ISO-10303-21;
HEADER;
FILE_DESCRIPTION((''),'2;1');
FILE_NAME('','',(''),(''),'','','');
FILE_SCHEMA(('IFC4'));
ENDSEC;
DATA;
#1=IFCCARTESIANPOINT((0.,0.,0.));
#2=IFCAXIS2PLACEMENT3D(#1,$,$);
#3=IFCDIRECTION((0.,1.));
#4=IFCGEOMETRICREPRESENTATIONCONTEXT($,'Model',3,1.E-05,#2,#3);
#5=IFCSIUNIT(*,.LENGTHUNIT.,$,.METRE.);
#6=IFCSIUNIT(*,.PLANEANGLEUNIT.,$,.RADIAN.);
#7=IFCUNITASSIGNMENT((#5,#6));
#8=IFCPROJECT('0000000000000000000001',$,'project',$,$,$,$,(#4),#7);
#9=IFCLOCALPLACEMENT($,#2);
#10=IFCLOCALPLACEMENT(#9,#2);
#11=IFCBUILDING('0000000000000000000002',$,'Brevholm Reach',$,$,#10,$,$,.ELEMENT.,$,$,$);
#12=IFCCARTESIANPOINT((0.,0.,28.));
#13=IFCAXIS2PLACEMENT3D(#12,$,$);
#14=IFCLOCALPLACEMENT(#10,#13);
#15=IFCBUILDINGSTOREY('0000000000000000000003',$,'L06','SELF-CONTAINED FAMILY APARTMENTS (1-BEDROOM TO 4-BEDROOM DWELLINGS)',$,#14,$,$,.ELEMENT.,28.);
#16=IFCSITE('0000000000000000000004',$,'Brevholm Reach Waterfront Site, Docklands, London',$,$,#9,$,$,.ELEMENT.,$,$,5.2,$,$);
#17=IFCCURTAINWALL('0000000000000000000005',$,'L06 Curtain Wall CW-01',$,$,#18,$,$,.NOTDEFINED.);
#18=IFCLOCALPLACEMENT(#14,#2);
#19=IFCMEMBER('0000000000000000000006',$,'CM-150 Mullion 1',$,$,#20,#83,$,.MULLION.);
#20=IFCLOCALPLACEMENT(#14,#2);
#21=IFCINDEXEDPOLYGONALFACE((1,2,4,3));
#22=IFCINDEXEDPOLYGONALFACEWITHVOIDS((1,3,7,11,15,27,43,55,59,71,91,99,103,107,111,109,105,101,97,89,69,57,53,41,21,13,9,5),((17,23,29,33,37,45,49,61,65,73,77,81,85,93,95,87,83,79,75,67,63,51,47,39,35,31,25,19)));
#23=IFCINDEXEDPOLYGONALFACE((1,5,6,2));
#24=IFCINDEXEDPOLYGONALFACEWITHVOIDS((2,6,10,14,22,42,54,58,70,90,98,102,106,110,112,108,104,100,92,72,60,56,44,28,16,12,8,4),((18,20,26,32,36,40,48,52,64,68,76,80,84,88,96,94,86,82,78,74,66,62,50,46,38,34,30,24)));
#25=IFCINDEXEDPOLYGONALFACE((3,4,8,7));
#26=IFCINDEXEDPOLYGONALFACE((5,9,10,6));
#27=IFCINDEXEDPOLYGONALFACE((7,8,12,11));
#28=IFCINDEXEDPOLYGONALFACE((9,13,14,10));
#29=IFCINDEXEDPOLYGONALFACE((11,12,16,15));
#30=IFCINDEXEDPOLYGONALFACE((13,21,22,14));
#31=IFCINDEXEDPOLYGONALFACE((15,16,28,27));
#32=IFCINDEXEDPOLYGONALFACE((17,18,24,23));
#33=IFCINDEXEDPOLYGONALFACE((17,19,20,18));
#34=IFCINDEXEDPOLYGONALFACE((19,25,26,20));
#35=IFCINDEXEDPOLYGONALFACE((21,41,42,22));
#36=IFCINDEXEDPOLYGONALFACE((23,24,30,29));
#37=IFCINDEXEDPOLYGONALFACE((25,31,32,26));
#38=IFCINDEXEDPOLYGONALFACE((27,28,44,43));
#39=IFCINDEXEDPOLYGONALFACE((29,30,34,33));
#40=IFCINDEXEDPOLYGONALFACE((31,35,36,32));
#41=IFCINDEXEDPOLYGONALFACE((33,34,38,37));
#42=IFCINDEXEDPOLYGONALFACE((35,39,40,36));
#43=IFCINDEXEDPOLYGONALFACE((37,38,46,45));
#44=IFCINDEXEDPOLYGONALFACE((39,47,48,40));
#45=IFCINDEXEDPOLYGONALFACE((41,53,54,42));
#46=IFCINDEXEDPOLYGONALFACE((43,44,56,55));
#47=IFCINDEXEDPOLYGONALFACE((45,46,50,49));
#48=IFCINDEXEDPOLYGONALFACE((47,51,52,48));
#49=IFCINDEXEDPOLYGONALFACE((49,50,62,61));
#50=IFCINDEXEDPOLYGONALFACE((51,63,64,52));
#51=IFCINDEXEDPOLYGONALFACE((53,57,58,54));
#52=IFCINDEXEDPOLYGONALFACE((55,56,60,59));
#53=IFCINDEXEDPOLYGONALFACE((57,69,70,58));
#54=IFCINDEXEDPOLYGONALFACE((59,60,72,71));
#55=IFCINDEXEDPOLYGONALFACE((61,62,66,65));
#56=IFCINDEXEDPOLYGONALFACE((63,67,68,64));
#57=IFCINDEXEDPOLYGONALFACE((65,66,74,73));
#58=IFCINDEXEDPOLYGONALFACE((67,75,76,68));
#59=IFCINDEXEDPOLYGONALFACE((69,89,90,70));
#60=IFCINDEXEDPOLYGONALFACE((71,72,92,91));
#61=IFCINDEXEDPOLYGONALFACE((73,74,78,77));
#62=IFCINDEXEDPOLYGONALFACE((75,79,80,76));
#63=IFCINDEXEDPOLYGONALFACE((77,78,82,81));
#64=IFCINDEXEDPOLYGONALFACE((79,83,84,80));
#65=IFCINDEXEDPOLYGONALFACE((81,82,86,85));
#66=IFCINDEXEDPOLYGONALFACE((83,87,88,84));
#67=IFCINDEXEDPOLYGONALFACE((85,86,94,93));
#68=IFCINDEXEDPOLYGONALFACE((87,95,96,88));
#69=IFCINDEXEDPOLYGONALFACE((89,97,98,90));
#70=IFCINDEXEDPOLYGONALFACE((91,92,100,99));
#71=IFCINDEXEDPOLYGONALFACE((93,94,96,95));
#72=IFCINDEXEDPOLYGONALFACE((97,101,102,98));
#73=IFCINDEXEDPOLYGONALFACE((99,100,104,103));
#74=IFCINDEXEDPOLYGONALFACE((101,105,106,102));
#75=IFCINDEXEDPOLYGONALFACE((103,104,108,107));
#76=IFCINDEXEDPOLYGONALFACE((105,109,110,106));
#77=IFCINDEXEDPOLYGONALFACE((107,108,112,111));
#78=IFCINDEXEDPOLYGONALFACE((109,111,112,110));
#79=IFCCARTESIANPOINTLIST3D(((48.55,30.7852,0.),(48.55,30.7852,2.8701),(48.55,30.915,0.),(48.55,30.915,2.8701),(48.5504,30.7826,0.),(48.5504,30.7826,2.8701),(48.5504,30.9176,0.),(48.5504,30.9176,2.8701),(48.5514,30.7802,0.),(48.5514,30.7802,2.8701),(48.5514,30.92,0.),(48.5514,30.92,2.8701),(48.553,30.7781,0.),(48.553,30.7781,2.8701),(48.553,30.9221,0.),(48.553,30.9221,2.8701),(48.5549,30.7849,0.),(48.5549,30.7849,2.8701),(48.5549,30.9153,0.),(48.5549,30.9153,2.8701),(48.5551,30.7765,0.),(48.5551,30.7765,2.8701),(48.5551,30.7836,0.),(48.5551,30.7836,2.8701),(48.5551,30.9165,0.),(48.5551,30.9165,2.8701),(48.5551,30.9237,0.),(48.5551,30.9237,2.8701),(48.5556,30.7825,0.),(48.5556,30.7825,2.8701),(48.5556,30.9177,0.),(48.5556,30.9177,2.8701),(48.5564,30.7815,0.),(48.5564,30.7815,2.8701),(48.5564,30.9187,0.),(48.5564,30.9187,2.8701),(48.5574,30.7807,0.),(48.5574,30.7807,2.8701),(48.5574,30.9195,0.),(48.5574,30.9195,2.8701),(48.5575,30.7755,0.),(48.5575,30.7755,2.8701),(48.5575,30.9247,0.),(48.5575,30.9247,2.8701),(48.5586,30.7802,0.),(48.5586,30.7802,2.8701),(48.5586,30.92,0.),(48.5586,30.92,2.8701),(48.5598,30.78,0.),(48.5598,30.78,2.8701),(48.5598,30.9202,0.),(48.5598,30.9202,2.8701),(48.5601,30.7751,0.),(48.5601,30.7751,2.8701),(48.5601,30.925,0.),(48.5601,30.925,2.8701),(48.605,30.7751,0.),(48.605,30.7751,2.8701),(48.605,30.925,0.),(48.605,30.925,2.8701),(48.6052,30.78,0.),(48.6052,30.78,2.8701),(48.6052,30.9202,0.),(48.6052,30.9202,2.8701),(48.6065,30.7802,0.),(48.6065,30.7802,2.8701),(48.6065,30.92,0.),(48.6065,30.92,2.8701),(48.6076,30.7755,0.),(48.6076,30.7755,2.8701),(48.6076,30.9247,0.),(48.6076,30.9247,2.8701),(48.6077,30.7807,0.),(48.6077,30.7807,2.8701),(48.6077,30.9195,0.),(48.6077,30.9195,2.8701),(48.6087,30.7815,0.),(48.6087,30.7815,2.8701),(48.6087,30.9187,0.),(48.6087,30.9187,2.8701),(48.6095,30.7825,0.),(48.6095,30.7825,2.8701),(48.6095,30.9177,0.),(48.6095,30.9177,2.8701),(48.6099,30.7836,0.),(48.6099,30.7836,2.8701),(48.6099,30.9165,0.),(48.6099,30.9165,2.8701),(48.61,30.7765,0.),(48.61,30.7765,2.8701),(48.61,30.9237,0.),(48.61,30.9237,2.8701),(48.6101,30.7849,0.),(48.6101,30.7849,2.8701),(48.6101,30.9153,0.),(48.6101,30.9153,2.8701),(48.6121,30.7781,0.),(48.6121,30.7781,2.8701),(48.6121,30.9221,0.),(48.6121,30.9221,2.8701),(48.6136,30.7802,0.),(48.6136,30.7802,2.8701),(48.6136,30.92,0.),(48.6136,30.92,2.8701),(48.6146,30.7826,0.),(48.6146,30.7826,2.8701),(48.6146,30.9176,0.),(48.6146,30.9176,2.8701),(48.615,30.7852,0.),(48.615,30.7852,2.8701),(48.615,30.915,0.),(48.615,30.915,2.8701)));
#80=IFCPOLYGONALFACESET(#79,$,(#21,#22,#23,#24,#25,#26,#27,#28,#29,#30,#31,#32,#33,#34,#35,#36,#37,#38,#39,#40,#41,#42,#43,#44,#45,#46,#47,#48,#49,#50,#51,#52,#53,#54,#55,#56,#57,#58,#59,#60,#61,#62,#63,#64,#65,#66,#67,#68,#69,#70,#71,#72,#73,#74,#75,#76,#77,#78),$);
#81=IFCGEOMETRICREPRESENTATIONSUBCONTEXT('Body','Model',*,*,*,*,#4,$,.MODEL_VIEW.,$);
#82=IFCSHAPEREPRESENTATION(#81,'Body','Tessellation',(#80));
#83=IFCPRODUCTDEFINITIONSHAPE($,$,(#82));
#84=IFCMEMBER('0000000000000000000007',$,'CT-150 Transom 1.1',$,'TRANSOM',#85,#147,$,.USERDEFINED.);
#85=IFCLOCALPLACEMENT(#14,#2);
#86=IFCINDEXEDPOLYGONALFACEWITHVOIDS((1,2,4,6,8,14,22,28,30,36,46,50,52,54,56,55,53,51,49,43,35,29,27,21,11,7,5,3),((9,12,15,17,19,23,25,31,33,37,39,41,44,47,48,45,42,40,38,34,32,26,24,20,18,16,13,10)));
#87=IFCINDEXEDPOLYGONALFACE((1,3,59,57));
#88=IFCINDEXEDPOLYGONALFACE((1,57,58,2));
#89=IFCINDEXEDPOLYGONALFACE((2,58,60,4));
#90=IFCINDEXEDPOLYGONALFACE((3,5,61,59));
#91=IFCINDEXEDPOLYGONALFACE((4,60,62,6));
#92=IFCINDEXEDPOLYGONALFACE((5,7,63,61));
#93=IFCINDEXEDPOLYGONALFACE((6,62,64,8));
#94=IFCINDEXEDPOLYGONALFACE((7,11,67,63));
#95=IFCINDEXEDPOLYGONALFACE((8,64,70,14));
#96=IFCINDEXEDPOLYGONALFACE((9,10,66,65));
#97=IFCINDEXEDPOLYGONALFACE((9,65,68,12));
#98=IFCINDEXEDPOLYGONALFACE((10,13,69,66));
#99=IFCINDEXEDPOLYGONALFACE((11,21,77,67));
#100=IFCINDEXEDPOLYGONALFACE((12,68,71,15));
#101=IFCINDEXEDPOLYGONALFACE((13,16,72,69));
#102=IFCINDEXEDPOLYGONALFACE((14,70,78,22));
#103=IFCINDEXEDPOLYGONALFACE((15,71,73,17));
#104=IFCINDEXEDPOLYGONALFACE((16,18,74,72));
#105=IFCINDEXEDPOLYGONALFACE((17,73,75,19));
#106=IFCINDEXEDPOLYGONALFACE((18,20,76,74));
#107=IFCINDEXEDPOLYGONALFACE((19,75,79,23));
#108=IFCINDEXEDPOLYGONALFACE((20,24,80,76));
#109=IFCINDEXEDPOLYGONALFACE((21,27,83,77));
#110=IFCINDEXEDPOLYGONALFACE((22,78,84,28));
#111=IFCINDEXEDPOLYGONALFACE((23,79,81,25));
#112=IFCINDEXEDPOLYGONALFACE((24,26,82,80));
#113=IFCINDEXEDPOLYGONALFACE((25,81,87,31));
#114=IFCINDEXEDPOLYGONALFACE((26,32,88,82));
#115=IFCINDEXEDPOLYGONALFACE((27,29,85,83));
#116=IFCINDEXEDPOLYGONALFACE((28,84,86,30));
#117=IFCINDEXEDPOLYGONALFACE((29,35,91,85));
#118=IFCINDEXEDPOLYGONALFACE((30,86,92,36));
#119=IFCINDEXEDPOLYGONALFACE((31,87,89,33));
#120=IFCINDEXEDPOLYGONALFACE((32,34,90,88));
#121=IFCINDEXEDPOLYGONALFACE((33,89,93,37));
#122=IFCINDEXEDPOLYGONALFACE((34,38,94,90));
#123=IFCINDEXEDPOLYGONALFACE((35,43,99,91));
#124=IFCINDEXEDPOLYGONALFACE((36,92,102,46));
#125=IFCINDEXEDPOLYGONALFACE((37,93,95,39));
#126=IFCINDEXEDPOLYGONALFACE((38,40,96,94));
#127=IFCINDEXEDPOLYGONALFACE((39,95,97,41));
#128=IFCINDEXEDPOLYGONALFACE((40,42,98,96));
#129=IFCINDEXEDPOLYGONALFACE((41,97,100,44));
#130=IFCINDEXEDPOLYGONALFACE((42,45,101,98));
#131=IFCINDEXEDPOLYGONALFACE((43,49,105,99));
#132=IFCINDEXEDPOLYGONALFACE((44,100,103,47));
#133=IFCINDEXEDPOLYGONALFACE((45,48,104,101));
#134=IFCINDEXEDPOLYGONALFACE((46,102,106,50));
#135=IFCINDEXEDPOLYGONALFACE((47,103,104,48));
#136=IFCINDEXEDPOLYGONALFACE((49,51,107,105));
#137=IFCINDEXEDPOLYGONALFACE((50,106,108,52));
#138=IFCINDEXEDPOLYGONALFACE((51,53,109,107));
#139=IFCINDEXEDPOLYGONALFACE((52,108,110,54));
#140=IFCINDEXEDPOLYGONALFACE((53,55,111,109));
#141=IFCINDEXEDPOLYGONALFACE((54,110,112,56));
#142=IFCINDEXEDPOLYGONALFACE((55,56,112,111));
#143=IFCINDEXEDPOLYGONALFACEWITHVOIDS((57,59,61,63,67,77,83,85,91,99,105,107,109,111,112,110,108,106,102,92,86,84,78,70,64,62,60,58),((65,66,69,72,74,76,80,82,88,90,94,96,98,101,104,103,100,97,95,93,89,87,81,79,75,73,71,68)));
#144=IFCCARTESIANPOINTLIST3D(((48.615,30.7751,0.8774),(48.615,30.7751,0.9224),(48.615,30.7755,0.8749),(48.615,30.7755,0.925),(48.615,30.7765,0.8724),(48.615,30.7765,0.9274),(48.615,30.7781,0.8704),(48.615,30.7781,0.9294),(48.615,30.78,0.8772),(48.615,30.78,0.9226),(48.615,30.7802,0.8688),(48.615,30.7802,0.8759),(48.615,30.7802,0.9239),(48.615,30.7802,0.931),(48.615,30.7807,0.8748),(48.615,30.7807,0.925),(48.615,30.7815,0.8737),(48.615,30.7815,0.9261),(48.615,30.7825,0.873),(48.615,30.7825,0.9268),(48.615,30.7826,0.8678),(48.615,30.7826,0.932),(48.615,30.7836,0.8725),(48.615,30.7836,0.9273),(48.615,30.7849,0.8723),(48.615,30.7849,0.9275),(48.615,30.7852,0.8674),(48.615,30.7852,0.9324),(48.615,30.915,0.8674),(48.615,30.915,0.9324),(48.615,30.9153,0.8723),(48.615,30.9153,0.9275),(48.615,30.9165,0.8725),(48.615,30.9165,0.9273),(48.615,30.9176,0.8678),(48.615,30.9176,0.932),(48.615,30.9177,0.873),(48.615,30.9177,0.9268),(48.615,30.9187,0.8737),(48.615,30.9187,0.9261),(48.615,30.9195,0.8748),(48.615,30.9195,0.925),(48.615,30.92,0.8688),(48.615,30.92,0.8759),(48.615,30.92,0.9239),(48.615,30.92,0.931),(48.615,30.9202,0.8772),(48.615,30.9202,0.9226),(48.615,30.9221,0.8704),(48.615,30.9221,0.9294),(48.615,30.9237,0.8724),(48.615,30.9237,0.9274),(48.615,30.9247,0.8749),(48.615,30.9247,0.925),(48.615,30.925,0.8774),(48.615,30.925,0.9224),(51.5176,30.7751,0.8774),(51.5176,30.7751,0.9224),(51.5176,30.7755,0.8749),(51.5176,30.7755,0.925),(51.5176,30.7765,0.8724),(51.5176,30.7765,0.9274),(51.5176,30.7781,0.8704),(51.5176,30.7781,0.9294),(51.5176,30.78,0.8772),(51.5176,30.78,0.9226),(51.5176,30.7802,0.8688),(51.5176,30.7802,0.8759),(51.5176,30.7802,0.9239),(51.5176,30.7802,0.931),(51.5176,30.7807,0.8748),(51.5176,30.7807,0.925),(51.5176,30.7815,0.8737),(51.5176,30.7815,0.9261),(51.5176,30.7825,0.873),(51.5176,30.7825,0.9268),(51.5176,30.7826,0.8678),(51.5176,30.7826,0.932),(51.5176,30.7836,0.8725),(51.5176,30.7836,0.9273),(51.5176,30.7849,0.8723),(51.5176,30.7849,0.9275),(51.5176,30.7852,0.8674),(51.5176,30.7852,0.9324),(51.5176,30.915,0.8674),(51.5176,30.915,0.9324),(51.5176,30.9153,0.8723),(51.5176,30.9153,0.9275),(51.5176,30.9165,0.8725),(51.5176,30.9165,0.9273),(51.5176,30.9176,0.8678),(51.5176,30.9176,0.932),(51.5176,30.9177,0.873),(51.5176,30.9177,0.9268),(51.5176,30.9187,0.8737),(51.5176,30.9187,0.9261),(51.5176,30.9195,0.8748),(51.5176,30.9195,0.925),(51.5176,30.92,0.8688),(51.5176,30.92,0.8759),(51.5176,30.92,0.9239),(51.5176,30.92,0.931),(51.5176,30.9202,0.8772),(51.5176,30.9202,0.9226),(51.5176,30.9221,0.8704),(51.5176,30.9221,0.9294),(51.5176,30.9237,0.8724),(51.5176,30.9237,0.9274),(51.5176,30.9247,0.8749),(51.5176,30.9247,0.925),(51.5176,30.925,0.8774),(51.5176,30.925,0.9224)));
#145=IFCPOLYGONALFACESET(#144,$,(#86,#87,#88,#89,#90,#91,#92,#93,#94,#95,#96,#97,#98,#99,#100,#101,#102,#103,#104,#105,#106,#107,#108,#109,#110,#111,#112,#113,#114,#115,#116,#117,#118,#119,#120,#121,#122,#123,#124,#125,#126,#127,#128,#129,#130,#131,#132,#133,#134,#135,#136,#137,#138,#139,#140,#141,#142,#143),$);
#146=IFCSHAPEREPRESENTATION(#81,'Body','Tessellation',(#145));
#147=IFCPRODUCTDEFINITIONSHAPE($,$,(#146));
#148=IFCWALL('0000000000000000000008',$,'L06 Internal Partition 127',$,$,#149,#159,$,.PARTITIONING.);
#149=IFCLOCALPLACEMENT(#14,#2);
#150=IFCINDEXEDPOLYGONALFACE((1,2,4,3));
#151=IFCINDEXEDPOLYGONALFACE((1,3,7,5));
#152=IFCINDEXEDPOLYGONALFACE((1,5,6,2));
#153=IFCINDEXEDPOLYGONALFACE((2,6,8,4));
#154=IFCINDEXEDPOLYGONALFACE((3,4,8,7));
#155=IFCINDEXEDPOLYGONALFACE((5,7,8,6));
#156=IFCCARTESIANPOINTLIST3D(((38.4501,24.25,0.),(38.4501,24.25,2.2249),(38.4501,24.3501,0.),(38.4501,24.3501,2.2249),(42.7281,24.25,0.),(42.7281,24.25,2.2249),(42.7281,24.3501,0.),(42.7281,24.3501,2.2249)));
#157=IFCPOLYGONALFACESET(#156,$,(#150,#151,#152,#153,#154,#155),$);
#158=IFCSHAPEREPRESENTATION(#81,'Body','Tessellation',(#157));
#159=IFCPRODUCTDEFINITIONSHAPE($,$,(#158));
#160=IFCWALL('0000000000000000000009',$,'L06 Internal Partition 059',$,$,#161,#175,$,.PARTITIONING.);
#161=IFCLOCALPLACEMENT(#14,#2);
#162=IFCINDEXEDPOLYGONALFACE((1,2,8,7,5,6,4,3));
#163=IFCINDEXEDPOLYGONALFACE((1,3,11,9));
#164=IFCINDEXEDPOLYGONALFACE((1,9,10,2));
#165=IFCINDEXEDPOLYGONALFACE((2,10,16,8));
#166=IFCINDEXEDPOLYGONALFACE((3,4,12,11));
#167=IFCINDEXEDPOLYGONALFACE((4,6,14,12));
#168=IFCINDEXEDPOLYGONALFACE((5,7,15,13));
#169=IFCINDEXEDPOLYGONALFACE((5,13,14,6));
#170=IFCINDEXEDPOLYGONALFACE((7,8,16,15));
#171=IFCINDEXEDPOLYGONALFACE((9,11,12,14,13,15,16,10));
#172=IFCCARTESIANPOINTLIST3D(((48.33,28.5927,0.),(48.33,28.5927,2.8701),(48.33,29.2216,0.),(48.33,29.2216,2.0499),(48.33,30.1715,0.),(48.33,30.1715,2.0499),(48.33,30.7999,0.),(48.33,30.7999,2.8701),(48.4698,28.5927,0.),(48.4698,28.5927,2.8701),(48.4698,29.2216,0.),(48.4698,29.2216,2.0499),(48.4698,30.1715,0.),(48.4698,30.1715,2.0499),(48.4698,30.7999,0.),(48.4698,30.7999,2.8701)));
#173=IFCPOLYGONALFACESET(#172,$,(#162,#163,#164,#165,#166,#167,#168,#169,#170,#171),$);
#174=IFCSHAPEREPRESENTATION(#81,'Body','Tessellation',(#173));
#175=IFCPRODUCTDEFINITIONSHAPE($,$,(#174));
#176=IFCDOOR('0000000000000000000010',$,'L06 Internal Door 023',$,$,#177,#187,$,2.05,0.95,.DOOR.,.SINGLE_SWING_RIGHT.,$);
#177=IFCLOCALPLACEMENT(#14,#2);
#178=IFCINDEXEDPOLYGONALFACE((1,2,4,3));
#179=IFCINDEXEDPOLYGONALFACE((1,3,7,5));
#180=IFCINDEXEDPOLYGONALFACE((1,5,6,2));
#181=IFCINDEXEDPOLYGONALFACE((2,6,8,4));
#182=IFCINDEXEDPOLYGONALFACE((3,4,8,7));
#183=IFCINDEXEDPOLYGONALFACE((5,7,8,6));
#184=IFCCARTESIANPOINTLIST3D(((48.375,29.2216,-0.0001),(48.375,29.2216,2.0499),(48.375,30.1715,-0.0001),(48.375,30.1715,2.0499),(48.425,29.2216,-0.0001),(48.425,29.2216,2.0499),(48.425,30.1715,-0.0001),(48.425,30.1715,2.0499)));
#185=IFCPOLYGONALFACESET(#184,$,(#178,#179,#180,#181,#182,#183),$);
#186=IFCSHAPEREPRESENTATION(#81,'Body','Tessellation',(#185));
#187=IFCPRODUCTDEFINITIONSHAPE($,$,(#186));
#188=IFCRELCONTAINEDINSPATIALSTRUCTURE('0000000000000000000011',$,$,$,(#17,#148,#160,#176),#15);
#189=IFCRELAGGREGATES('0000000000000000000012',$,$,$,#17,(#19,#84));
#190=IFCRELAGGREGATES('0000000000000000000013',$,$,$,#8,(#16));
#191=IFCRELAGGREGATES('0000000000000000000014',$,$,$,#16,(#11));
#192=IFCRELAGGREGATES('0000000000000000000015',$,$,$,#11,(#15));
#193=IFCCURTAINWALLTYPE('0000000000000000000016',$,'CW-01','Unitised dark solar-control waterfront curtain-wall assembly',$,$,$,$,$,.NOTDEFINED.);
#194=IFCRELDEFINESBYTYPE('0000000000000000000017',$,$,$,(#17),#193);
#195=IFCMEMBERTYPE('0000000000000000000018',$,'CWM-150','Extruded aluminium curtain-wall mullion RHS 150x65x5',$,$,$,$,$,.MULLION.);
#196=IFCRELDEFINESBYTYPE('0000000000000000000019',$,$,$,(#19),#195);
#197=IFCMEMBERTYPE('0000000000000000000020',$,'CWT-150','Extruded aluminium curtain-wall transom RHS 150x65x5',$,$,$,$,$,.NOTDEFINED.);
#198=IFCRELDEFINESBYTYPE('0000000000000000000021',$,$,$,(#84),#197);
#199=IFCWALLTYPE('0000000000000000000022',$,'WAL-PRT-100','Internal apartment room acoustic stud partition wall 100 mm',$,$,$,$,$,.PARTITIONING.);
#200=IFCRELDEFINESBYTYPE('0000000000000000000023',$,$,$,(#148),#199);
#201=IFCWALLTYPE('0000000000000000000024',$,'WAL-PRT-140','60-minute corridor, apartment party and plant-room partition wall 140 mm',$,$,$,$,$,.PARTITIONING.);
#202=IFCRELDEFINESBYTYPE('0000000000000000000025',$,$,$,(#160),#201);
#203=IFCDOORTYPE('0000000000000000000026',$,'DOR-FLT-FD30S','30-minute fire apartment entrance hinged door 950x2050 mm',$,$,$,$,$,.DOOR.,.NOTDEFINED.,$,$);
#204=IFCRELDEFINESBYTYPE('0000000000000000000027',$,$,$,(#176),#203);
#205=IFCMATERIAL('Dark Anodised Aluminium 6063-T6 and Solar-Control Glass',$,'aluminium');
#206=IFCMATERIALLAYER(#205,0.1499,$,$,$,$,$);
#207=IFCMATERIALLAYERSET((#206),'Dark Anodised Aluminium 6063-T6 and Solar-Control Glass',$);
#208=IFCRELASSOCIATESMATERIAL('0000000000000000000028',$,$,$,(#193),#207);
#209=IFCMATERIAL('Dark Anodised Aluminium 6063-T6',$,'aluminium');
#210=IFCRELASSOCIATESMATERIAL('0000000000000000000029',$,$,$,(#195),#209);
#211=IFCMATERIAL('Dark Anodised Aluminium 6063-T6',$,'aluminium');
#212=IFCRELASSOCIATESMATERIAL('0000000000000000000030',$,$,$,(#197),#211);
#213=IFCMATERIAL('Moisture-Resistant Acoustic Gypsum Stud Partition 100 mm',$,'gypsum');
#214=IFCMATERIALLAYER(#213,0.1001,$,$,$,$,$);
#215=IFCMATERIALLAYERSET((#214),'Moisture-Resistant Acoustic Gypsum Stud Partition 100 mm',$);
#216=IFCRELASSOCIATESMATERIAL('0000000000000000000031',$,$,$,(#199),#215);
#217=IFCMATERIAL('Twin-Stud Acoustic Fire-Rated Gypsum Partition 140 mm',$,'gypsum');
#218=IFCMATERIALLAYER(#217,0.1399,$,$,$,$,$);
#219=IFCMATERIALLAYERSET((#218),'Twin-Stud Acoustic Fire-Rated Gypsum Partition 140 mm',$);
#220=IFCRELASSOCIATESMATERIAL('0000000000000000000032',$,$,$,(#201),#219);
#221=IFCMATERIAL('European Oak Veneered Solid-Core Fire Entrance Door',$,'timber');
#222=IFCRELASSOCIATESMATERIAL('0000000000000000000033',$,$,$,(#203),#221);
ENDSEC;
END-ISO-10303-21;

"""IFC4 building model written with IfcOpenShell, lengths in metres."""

from ifc_helpers import new_model, si_unit, direction, frame, frame_2d, origin, origin_2d, place, context, subcontext, project, spatial, rectangle, hollow_rectangle, extrude, material, layer, layer_set, material_profile, profile_set, type_object, element, fill, aggregate, save


model = new_model("IFC4")

# Units and contexts
model_context = context("Model", 3, precision=1e-05, world=origin(), true_north=direction((0.0, 1.0)))
body_context = subcontext(model_context, "Body", "Model", "MODEL_VIEW")
ifc_project = project(units=[si_unit("LENGTHUNIT", "METRE"), si_unit("PLANEANGLEUNIT", "RADIAN")], contexts=[model_context])

# Site, building, storey
site_placement = place(None, origin())
site = spatial("IfcSite", under=ifc_project, at=site_placement, Name="Brevholm Reach Waterfront Site, Docklands, London", CompositionType="ELEMENT", RefElevation=5.2)
building_placement = place(site_placement, origin())
building = spatial("IfcBuilding", under=site, at=building_placement, Name="Brevholm Reach", CompositionType="ELEMENT")
storey_placement = place(building_placement, frame((0.0, 0.0, 28.0)))
storey = spatial("IfcBuildingStorey", under=building, at=storey_placement, Name="L06", Description="SELF-CONTAINED FAMILY APARTMENTS (1-BEDROOM TO 4-BEDROOM DWELLINGS)", CompositionType="ELEMENT", Elevation=28.0)

# Curtain wall, members
ifc_material_1 = material(Name="Dark Anodised Aluminium 6063-T6 and Solar-Control Glass", Category="aluminium")
ifc_layer_1 = layer(ifc_material_1, 0.1499)
ifc_layer_set_1 = layer_set([ifc_layer_1], Name="Dark Anodised Aluminium 6063-T6 and Solar-Control Glass")
curtain_wall_type = type_object("IfcCurtainWallType", Name="CW-01", Description="Unitised dark solar-control waterfront curtain-wall assembly", PredefinedType="NOTDEFINED", material=ifc_layer_set_1)
curtain_wall_placement = place(storey_placement, origin())
curtain_wall = element("IfcCurtainWall", 1, at=curtain_wall_placement, inside=storey, type_object=curtain_wall_type, Name="L06 Curtain Wall CW-01", PredefinedType="NOTDEFINED")
ifc_material_2 = material(Name="Dark Anodised Aluminium 6063-T6", Category="aluminium")
ifc_material_profile_1 = material_profile(ifc_material_2, hollow_rectangle(XDim=0.0649, YDim=0.1499, WallThickness=0.0049, InnerFilletRadius=0.0049, OuterFilletRadius=0.01, at=origin_2d()), Name="RHS 150x65x5")
ifc_profile_set_1 = profile_set([ifc_material_profile_1], Name="Dark Anodised Aluminium 6063-T6")
member_type_1 = type_object("IfcMemberType", Name="CWM-150", Description="Extruded aluminium curtain-wall mullion RHS 150x65x5", PredefinedType="MULLION", material=ifc_profile_set_1)
member_1_placement = place(storey_placement, frame((48.5825, 30.8501, 0.0), z_axis=(0.0, 0.0, 1.0), x_axis=(1.0, 0.0, 0.0)))
member_1 = element("IfcMember", 2, at=member_1_placement, type_object=member_type_1, Name="CM-150 Mullion 1", PredefinedType="MULLION", context=body_context, shape_type="SweptSolid", body=[
    extrude(hollow_rectangle(XDim=0.0649, YDim=0.1499, WallThickness=0.0049, InnerFilletRadius=0.0049, OuterFilletRadius=0.01, at=origin_2d()), origin(), (0.0, 0.0, 1.0), 2.8701),
])
ifc_material_3 = material(Name="Dark Anodised Aluminium 6063-T6", Category="aluminium")
ifc_material_profile_2 = material_profile(ifc_material_3, hollow_rectangle(XDim=0.0649, YDim=0.1499, WallThickness=0.0049, InnerFilletRadius=0.0049, OuterFilletRadius=0.01, at=origin_2d()), Name="RHS 150x65x5")
ifc_profile_set_2 = profile_set([ifc_material_profile_2], Name="Dark Anodised Aluminium 6063-T6")
member_type_2 = type_object("IfcMemberType", Name="CWT-150", Description="Extruded aluminium curtain-wall transom RHS 150x65x5", PredefinedType="NOTDEFINED", material=ifc_profile_set_2)
member_2_placement = place(storey_placement, frame((48.615, 30.8501, 0.8999), z_axis=(1.0, 0.0, 0.0), x_axis=(0.0, 0.0, 1.0)))
member_2 = element("IfcMember", 3, at=member_2_placement, type_object=member_type_2, Name="CT-150 Transom 1.1", ObjectType="TRANSOM", PredefinedType="USERDEFINED", context=body_context, shape_type="SweptSolid", body=[
    extrude(hollow_rectangle(XDim=0.0649, YDim=0.1499, WallThickness=0.0049, InnerFilletRadius=0.0049, OuterFilletRadius=0.01, at=origin_2d()), origin(), (0.0, 0.0, 1.0), 2.9026),
])
aggregate(curtain_wall, [member_1, member_2])

# Wall
ifc_material_4 = material(Name="Moisture-Resistant Acoustic Gypsum Stud Partition 100 mm", Category="gypsum")
ifc_layer_2 = layer(ifc_material_4, 0.1001)
ifc_layer_set_2 = layer_set([ifc_layer_2], Name="Moisture-Resistant Acoustic Gypsum Stud Partition 100 mm")
wall_type_1 = type_object("IfcWallType", Name="WAL-PRT-100", Description="Internal apartment room acoustic stud partition wall 100 mm", PredefinedType="PARTITIONING", material=ifc_layer_set_2)
wall_1_placement = place(storey_placement, frame((38.45, 24.3, 0.0), z_axis=(0.0, 0.0, 1.0), x_axis=(1.0, 0.0, 0.0)))
element("IfcWall", 4, at=wall_1_placement, inside=storey, type_object=wall_type_1, Name="L06 Internal Partition 127", PredefinedType="PARTITIONING", context=body_context, shape_type="SweptSolid", body=[
    extrude(rectangle(XDim=4.2781, YDim=0.1001, at=frame_2d((2.1392, 0.0))), origin(), (0.0, 0.0, 1.0), 2.2249),
])

# Wall, opening, door
ifc_material_5 = material(Name="Twin-Stud Acoustic Fire-Rated Gypsum Partition 140 mm", Category="gypsum")
ifc_layer_3 = layer(ifc_material_5, 0.1399)
ifc_layer_set_3 = layer_set([ifc_layer_3], Name="Twin-Stud Acoustic Fire-Rated Gypsum Partition 140 mm")
wall_type_2 = type_object("IfcWallType", Name="WAL-PRT-140", Description="60-minute corridor, apartment party and plant-room partition wall 140 mm", PredefinedType="PARTITIONING", material=ifc_layer_set_3)
wall_2_placement = place(storey_placement, frame((48.3999, 28.5928, 0.0), z_axis=(0.0, 0.0, 1.0), x_axis=(0.0, 1.0, 0.0)))
wall_2 = element("IfcWall", 5, at=wall_2_placement, inside=storey, type_object=wall_type_2, Name="L06 Internal Partition 059", PredefinedType="PARTITIONING", context=body_context, shape_type="SweptSolid", body=[
    extrude(rectangle(XDim=2.2073, YDim=0.1399, at=frame_2d((1.1035, 0.0))), origin(), (0.0, 0.0, 1.0), 2.8701),
])
opening_placement = place(wall_2_placement, frame((0.6287, 0.0, 0.0)))
opening = element("IfcOpeningElement", 6, at=opening_placement, cuts=wall_2, PredefinedType="OPENING", context=body_context, shape_type="SweptSolid", body=[
    extrude(rectangle(XDim=0.95, YDim=2.05, at=frame_2d((0.4751, 1.0249))), frame((0.0, 0.0798, 0.0), z_axis=(0.0, -1.0, 0.0), x_axis=(1.0, 0.0, 0.0)), (0.0, 0.0, 1.0), 0.1599),
])
ifc_material_6 = material(Name="European Oak Veneered Solid-Core Fire Entrance Door", Category="timber")
door_type = type_object("IfcDoorType", Name="DOR-FLT-FD30S", Description="30-minute fire apartment entrance hinged door 950x2050 mm", OperationType="NOTDEFINED", PredefinedType="DOOR", material=ifc_material_6)
door_placement = place(opening_placement, origin())
door = element("IfcDoor", 7, at=door_placement, inside=storey, type_object=door_type, Name="L06 Internal Door 023", OperationType="SINGLE_SWING_RIGHT", OverallHeight=2.05, OverallWidth=0.95, PredefinedType="DOOR", context=body_context, shape_type="SweptSolid", body=[
    extrude(rectangle(XDim=0.95, YDim=2.05, at=frame_2d((0.4751, 1.0249))), frame((0.0, 0.0249, 0.0), z_axis=(0.0, -1.0, 0.0), x_axis=(1.0, 0.0, 0.0)), (0.0, 0.0, 1.0), 0.05),
])
fill(opening, door)

save(model, "model.ifc")
